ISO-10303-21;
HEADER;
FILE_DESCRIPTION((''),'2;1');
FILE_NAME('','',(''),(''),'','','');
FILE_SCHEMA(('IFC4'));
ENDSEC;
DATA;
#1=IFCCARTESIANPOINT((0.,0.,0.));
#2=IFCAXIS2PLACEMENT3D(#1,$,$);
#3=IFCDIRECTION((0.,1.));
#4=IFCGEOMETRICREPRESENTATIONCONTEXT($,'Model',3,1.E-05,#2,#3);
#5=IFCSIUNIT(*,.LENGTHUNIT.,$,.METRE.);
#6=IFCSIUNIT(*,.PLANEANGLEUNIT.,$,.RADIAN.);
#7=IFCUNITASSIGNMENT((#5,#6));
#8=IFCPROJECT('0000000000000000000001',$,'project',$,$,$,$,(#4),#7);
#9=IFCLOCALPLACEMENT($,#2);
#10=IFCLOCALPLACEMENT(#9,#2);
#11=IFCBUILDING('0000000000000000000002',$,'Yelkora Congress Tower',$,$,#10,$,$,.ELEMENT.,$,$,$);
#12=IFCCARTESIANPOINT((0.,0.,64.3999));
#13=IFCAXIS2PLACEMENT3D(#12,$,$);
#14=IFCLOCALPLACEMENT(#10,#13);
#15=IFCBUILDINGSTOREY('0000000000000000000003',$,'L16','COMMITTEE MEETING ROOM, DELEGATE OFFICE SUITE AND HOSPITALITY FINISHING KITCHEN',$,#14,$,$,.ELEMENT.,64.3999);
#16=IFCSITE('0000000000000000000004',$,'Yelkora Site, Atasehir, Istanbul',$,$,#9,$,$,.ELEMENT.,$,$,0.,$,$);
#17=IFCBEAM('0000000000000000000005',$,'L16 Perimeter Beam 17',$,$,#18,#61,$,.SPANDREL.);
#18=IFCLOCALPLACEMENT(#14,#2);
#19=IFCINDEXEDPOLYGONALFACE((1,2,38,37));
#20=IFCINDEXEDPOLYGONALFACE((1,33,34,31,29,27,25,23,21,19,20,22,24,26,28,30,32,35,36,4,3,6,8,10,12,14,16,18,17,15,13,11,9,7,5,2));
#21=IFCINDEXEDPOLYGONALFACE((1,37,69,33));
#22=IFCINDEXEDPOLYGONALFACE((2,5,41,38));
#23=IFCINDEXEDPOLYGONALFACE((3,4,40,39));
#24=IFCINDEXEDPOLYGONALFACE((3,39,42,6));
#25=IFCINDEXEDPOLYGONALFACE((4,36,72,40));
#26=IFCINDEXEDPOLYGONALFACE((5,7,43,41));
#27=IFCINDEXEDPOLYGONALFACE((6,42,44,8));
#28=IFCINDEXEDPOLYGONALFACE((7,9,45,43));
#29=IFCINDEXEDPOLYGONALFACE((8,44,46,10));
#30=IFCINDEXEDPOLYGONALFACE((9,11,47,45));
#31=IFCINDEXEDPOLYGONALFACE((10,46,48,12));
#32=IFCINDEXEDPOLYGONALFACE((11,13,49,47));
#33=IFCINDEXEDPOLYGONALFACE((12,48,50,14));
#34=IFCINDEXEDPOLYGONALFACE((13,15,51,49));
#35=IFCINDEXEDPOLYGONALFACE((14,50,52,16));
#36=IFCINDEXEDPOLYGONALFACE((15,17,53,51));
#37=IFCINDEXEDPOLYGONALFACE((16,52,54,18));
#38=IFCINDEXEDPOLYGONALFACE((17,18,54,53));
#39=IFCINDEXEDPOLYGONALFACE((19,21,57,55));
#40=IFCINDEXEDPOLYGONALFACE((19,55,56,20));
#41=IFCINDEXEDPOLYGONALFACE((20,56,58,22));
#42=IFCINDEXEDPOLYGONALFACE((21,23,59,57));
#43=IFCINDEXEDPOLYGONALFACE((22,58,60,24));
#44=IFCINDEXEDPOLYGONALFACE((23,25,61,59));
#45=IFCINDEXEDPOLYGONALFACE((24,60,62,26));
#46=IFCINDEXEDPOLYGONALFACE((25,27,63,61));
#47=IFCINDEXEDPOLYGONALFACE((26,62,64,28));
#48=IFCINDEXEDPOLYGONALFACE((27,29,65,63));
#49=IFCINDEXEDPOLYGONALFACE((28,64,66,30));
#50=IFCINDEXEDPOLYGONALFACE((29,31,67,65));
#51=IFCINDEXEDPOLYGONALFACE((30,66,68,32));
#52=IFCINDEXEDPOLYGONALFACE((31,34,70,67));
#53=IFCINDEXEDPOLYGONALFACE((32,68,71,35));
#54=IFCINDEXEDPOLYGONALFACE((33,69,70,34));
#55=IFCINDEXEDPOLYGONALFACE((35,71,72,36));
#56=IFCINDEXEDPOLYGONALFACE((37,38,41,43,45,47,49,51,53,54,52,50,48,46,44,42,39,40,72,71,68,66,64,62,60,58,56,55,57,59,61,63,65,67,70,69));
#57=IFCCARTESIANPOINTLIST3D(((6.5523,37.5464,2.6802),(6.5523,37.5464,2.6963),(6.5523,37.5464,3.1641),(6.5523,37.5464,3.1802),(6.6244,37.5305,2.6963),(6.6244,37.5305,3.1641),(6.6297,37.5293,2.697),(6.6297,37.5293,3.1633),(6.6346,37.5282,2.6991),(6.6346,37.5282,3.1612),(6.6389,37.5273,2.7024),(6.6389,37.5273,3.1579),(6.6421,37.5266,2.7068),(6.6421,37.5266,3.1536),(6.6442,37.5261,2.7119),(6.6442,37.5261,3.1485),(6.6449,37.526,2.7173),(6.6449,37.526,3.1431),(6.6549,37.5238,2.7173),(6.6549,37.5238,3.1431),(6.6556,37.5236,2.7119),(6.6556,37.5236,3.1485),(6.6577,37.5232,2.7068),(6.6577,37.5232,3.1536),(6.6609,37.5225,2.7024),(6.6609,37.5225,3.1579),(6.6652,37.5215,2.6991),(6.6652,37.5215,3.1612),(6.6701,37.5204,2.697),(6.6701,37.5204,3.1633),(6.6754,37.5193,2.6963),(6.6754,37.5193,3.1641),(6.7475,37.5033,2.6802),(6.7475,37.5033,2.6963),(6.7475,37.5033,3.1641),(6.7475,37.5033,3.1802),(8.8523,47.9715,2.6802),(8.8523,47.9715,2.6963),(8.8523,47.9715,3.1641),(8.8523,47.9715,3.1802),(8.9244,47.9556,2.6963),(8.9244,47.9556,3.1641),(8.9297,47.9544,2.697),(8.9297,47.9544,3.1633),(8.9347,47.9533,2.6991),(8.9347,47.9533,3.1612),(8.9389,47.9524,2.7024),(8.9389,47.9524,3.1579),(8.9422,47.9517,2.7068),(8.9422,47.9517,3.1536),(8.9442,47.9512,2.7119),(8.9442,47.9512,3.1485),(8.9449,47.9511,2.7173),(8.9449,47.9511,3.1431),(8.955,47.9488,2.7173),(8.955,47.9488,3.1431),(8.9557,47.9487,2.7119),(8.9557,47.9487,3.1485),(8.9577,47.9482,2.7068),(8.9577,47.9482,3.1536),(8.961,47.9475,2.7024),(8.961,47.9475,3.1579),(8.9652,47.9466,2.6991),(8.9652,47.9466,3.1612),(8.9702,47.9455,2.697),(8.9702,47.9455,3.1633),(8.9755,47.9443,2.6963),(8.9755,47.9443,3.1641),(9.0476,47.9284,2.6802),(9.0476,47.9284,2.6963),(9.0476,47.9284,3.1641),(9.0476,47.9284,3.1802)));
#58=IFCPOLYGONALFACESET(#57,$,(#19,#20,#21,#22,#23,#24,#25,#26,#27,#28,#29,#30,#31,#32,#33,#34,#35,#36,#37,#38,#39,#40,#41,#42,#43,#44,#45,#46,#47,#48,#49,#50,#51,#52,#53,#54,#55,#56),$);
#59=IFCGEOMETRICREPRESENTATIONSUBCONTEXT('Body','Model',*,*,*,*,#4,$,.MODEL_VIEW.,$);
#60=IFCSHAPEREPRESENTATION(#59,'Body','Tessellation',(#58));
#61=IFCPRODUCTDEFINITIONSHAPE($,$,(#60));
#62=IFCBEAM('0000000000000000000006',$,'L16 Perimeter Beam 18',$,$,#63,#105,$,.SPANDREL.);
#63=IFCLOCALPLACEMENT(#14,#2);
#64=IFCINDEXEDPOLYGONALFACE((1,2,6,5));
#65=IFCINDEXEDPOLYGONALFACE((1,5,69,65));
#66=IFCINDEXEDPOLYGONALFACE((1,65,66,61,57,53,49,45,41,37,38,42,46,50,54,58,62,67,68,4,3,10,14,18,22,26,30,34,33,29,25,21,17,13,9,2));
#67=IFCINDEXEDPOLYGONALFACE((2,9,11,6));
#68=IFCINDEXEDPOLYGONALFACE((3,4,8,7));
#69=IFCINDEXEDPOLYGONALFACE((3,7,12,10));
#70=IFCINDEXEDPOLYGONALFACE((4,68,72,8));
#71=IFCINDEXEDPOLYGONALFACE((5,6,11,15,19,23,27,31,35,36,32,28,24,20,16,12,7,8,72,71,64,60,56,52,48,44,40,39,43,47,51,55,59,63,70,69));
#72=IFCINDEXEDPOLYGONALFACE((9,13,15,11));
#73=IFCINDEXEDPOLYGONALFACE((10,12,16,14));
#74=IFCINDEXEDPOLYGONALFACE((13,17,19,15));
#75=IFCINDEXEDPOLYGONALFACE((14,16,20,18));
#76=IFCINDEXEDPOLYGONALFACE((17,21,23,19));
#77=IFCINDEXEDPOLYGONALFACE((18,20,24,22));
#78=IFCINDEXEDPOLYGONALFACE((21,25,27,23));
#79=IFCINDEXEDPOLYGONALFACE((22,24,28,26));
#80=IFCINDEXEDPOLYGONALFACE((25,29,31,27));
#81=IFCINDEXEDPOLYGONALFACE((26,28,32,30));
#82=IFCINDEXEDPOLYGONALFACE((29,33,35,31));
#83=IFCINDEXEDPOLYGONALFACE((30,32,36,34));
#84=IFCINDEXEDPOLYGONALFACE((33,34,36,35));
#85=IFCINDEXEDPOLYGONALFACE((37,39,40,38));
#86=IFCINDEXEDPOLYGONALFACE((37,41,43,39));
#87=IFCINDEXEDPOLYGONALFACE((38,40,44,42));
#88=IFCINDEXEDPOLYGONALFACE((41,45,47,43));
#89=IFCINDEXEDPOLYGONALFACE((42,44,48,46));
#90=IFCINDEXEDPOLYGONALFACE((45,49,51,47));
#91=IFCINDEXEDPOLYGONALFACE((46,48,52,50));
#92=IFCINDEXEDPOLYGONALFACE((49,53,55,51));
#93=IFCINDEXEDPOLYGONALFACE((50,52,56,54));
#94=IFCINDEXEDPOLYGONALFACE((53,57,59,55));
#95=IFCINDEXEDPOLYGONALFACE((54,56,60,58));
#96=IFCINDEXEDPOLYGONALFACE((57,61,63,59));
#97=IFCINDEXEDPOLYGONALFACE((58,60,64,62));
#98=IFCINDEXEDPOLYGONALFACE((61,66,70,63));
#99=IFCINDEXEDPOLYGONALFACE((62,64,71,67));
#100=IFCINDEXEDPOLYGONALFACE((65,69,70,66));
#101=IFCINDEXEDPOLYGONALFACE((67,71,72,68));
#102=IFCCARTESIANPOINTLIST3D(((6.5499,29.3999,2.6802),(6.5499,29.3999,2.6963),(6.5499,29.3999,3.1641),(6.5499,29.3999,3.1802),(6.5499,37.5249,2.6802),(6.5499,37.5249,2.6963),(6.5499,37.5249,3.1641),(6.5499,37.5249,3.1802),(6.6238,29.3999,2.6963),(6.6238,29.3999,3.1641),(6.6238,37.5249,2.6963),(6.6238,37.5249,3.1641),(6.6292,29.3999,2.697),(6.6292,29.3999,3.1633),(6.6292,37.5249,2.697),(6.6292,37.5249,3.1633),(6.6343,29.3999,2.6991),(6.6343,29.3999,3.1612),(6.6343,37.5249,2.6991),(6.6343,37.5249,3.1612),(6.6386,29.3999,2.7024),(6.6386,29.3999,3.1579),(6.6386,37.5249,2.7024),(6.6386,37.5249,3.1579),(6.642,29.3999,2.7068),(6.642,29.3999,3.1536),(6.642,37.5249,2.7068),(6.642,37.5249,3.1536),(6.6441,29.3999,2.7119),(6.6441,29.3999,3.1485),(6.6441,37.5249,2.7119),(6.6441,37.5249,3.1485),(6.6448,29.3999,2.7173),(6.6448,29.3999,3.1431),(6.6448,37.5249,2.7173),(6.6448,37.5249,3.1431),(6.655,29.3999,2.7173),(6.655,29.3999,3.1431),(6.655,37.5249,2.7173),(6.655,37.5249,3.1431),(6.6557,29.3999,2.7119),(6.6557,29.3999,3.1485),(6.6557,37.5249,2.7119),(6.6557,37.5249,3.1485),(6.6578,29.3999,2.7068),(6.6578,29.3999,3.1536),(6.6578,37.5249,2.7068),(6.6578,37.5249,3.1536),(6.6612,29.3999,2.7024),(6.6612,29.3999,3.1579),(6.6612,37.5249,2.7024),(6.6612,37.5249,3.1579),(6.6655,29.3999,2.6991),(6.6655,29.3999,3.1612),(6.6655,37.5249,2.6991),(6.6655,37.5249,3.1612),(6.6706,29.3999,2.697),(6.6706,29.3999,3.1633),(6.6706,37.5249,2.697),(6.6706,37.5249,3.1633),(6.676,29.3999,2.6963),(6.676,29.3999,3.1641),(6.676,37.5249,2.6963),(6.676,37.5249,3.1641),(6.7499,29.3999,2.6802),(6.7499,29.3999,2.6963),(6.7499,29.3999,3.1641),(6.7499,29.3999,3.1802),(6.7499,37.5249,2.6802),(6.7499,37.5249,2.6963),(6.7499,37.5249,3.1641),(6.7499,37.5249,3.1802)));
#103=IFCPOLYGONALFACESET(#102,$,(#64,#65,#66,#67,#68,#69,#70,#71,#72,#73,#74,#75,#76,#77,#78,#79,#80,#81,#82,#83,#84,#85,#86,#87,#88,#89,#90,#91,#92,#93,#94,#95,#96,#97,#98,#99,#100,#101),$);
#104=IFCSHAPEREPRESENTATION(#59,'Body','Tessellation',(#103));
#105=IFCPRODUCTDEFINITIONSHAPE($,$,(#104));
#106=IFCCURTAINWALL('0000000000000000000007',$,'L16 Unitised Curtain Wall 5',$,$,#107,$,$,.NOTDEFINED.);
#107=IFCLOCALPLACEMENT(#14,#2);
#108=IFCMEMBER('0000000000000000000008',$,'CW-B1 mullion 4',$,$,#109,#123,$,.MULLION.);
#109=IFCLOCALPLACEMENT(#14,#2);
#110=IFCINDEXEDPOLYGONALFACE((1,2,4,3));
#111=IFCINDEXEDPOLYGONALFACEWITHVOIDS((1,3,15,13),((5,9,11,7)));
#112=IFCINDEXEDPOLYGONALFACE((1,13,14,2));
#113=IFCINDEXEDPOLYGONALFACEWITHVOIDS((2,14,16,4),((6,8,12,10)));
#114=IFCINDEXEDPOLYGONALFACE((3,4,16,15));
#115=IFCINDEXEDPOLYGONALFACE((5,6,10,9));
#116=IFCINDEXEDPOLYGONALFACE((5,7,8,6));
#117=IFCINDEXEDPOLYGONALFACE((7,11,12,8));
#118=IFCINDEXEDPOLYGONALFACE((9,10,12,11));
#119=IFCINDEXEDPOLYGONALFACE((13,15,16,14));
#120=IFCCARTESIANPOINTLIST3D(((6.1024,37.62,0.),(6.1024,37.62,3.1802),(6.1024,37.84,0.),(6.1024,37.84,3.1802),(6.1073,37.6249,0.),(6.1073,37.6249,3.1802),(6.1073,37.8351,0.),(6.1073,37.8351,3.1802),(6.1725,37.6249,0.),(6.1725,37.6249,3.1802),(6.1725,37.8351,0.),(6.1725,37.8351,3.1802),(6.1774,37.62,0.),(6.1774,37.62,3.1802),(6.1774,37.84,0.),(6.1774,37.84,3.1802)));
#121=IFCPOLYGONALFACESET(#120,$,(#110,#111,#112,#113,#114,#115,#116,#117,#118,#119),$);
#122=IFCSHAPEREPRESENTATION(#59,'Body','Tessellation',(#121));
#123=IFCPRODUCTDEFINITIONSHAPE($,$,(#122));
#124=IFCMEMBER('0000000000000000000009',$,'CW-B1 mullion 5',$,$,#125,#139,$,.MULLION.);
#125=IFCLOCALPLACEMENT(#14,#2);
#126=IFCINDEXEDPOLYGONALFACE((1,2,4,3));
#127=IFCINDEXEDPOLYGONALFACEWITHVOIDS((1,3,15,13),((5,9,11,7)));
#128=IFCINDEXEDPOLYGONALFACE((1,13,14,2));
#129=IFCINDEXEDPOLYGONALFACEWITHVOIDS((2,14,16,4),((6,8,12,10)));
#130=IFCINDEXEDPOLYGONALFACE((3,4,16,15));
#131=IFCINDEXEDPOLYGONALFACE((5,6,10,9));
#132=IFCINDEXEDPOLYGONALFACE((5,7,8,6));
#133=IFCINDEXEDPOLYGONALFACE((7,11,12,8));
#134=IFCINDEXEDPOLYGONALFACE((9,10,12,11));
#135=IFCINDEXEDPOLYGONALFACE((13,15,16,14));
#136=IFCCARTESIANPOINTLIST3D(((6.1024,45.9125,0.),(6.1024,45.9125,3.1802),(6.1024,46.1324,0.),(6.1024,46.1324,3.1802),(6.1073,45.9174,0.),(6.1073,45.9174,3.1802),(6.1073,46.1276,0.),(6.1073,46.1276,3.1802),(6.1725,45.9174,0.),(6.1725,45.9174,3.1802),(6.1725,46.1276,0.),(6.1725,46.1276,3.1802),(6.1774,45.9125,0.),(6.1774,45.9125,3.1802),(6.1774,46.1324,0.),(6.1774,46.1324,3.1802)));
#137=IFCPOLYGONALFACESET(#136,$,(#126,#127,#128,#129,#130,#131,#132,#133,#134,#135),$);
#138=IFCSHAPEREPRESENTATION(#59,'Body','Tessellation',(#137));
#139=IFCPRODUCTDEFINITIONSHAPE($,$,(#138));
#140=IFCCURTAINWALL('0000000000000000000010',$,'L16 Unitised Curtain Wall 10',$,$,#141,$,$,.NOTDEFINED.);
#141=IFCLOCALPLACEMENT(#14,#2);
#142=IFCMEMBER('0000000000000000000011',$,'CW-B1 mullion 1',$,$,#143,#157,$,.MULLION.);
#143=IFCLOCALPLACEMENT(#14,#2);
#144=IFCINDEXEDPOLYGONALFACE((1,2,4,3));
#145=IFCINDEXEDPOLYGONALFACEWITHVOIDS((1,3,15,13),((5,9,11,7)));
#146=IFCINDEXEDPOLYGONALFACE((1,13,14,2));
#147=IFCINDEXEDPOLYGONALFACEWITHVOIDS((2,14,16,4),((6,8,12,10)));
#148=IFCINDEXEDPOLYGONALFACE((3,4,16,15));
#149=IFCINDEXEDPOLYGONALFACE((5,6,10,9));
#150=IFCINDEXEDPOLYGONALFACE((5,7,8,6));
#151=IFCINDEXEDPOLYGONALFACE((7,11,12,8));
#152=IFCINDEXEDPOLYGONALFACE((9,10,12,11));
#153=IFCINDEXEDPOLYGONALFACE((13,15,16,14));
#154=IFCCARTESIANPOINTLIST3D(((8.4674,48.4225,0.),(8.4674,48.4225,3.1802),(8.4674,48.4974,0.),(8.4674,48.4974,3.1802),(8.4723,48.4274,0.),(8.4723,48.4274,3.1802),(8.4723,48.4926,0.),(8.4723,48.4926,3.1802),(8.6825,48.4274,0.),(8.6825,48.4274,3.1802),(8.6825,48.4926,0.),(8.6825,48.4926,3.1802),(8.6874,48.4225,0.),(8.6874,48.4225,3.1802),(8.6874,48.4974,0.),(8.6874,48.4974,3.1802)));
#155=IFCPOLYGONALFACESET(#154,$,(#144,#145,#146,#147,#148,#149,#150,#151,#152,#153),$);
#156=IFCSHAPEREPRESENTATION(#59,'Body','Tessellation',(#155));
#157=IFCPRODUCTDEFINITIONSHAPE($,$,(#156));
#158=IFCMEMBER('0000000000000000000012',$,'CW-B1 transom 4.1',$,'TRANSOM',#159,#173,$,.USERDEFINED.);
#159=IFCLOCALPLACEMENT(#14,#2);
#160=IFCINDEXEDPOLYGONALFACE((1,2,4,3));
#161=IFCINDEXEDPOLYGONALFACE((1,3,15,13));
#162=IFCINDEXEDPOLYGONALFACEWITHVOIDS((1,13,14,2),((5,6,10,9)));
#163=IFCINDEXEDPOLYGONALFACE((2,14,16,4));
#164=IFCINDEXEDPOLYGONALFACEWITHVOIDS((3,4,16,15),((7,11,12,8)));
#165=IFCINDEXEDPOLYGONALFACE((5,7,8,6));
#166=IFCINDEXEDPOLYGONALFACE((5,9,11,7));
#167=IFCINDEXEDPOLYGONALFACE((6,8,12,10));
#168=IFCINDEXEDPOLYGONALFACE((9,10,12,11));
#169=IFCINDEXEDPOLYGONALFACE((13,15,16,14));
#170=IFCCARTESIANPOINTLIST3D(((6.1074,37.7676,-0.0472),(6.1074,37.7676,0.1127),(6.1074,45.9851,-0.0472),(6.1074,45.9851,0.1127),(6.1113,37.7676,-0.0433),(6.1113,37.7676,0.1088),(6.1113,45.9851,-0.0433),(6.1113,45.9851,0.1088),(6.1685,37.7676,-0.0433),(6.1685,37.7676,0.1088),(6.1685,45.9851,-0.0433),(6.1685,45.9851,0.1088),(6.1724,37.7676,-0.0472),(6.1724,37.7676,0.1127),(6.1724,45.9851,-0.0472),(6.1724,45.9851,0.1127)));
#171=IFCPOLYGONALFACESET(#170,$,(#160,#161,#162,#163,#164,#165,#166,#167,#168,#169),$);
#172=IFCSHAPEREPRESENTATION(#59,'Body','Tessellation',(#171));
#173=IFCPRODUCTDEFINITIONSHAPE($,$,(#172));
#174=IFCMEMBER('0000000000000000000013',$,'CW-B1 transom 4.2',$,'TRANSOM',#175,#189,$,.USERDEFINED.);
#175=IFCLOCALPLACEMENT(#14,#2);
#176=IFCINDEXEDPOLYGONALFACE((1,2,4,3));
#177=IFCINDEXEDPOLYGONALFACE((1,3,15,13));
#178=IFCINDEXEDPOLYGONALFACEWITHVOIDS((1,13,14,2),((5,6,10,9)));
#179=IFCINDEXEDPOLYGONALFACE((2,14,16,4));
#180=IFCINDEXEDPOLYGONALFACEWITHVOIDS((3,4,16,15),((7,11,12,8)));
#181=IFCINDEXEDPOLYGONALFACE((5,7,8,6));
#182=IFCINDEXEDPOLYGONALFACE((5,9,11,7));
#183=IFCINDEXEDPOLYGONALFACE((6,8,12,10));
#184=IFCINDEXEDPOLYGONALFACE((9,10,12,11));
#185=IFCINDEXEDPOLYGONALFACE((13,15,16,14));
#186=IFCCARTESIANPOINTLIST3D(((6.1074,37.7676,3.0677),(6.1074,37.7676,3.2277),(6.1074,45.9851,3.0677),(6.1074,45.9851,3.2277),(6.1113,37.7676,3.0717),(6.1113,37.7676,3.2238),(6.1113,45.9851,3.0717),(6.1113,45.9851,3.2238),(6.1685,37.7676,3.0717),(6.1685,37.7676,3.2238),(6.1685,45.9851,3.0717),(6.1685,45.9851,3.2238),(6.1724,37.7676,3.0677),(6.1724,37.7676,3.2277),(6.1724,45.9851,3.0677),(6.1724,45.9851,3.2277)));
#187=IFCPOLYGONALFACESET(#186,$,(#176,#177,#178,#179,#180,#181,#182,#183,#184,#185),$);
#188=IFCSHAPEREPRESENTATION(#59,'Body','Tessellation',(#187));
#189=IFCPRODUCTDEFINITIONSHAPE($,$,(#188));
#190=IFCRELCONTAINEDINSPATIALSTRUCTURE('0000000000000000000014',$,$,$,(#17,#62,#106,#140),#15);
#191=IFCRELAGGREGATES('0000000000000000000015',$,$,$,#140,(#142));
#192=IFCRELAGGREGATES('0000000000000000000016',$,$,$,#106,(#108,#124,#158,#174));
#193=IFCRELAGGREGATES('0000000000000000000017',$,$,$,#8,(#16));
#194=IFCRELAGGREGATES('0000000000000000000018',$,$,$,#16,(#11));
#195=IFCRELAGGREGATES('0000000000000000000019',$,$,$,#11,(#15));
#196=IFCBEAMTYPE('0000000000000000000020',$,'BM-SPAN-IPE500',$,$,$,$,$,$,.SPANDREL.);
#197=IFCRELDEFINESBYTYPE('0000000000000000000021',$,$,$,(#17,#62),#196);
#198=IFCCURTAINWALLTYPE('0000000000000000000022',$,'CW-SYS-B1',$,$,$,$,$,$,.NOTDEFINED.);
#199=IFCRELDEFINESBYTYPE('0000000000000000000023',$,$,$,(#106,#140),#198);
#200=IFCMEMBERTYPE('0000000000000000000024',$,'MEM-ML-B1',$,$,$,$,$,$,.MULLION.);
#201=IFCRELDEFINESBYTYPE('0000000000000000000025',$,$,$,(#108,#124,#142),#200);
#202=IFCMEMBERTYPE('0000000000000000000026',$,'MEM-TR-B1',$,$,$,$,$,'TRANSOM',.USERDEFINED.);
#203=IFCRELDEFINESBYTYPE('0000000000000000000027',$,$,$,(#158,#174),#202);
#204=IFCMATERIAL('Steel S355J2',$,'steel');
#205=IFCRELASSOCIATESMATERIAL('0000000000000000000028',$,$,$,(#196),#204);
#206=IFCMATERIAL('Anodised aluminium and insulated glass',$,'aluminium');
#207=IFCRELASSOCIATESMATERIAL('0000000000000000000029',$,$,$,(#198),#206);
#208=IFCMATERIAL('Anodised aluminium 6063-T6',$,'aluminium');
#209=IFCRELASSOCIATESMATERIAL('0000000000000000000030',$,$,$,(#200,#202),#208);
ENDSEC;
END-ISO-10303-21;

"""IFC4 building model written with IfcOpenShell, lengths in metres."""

from ifc_helpers import new_model, si_unit, direction, frame, origin, origin_2d, place, context, subcontext, project, spatial, hollow_rectangle, i_section, extrude, material, material_profile, profile_set, type_object, element, aggregate, save


model = new_model("IFC4")

# Units and contexts
model_context = context("Model", 3, precision=1e-05, world=origin(), true_north=direction((0.0, 1.0)))
body_context = subcontext(model_context, "Body", "Model", "MODEL_VIEW")
ifc_project = project(units=[si_unit("LENGTHUNIT", "METRE"), si_unit("PLANEANGLEUNIT", "RADIAN")], contexts=[model_context])

# Site, building, storey
site_placement = place(None, origin())
site = spatial("IfcSite", under=ifc_project, at=site_placement, Name="Yelkora Site, Atasehir, Istanbul", CompositionType="ELEMENT", RefElevation=0.0)
building_placement = place(site_placement, origin())
building = spatial("IfcBuilding", under=site, at=building_placement, Name="Yelkora Congress Tower", CompositionType="ELEMENT")
storey_placement = place(building_placement, frame((0.0, 0.0, 64.3999)))
storey = spatial("IfcBuildingStorey", under=building, at=storey_placement, Name="L16", Description="COMMITTEE MEETING ROOM, DELEGATE OFFICE SUITE AND HOSPITALITY FINISHING KITCHEN", CompositionType="ELEMENT", Elevation=64.3999)

# Beams
ifc_material_1 = material(Name="Steel S355J2", Category="steel")
ifc_material_profile_1 = material_profile(ifc_material_1, i_section(OverallWidth=0.2, OverallDepth=0.5, WebThickness=0.0103, FlangeThickness=0.0161, FilletRadius=0.021, at=origin_2d()), Name="IPE 500")
ifc_profile_set_1 = profile_set([ifc_material_profile_1], Name="Steel S355J2")
beam_type_1 = type_object("IfcBeamType", Name="BM-SPAN-IPE500", PredefinedType="SPANDREL", material=ifc_profile_set_1)
beam_1_placement = place(storey_placement, frame((8.95, 47.95, 2.9302), z_axis=(-0.215446, -0.976516, 0.0), x_axis=(0.976516, -0.215446, 0.0)))
element("IfcBeam", 1, at=beam_1_placement, inside=storey, type_object=beam_type_1, Name="L16 Perimeter Beam 17", PredefinedType="SPANDREL", context=body_context, shape_type="SweptSolid", body=[
    extrude(i_section(OverallWidth=0.2, OverallDepth=0.5, WebThickness=0.0103, FlangeThickness=0.0161, FilletRadius=0.021, at=origin_2d()), origin(), (0.0, 0.0, 1.0), 10.6758),
])
beam_2_placement = place(storey_placement, frame((6.6499, 37.5249, 2.9302), z_axis=(0.0, -1.0, 0.0), x_axis=(1.0, 0.0, 0.0)))
element("IfcBeam", 2, at=beam_2_placement, inside=storey, type_object=beam_type_1, Name="L16 Perimeter Beam 18", PredefinedType="SPANDREL", context=body_context, shape_type="SweptSolid", body=[
    extrude(i_section(OverallWidth=0.2, OverallDepth=0.5, WebThickness=0.0103, FlangeThickness=0.0161, FilletRadius=0.021, at=origin_2d()), origin(), (0.0, 0.0, 1.0), 8.125),
])

# Curtain wall, members
ifc_material_2 = material(Name="Anodised aluminium and insulated glass", Category="aluminium")
curtain_wall_type = type_object("IfcCurtainWallType", Name="CW-SYS-B1", PredefinedType="NOTDEFINED", material=ifc_material_2)
curtain_wall_1_placement = place(storey_placement, origin())
curtain_wall_1 = element("IfcCurtainWall", 3, at=curtain_wall_1_placement, inside=storey, type_object=curtain_wall_type, Name="L16 Unitised Curtain Wall 5", PredefinedType="NOTDEFINED")
ifc_material_3 = material(Name="Anodised aluminium 6063-T6", Category="aluminium")
ifc_material_profile_2 = material_profile(ifc_material_3, hollow_rectangle(XDim=0.075, YDim=0.22, WallThickness=0.0049, at=origin_2d()), Name="ALU 75x220x5")
ifc_profile_set_2 = profile_set([ifc_material_profile_2], Name="Anodised aluminium 6063-T6")
member_type_1 = type_object("IfcMemberType", Name="MEM-ML-B1", PredefinedType="MULLION", material=ifc_profile_set_2)
member_1_placement = place(storey_placement, frame((6.1399, 37.73, 0.0), z_axis=(0.0, 0.0, 1.0), x_axis=(-1.0, 0.0, 0.0)))
member_1 = element("IfcMember", 4, at=member_1_placement, type_object=member_type_1, Name="CW-B1 mullion 4", PredefinedType="MULLION", context=body_context, shape_type="SweptSolid", body=[
    extrude(hollow_rectangle(XDim=0.075, YDim=0.22, WallThickness=0.0049, at=origin_2d()), origin(), (0.0, 0.0, 1.0), 3.1802),
])
member_2_placement = place(storey_placement, frame((6.1399, 46.0225, 0.0), z_axis=(0.0, 0.0, 1.0), x_axis=(-1.0, 0.0, 0.0)))
member_2 = element("IfcMember", 5, at=member_2_placement, type_object=member_type_1, Name="CW-B1 mullion 5", PredefinedType="MULLION", context=body_context, shape_type="SweptSolid", body=[
    extrude(hollow_rectangle(XDim=0.075, YDim=0.22, WallThickness=0.0049, at=origin_2d()), origin(), (0.0, 0.0, 1.0), 3.1802),
])

# Curtain wall, member
curtain_wall_2_placement = place(storey_placement, origin())
curtain_wall_2 = element("IfcCurtainWall", 6, at=curtain_wall_2_placement, inside=storey, type_object=curtain_wall_type, Name="L16 Unitised Curtain Wall 10", PredefinedType="NOTDEFINED")
member_3_placement = place(storey_placement, frame((8.5774, 48.46, 0.0), z_axis=(0.0, 0.0, 1.0), x_axis=(0.0, 1.0, 0.0)))
member_3 = element("IfcMember", 7, at=member_3_placement, type_object=member_type_1, Name="CW-B1 mullion 1", PredefinedType="MULLION", context=body_context, shape_type="SweptSolid", body=[
    extrude(hollow_rectangle(XDim=0.075, YDim=0.22, WallThickness=0.0049, at=origin_2d()), origin(), (0.0, 0.0, 1.0), 3.1802),
])

# Members
ifc_material_profile_3 = material_profile(ifc_material_3, hollow_rectangle(XDim=0.0649, YDim=0.1599, WallThickness=0.0039, at=origin_2d()), Name="ALU 65x160x4")
ifc_profile_set_3 = profile_set([ifc_material_profile_3], Name="Anodised aluminium 6063-T6")
member_type_2 = type_object("IfcMemberType", Name="MEM-TR-B1", ElementType="TRANSOM", PredefinedType="USERDEFINED", material=ifc_profile_set_3)
member_4_placement = place(storey_placement, frame((6.1399, 37.7676, 0.0327), z_axis=(0.0, 1.0, 0.0), x_axis=(-1.0, 0.0, 0.0)))
member_4 = element("IfcMember", 8, at=member_4_placement, type_object=member_type_2, Name="CW-B1 transom 4.1", ObjectType="TRANSOM", PredefinedType="USERDEFINED", context=body_context, shape_type="SweptSolid", body=[
    extrude(hollow_rectangle(XDim=0.0649, YDim=0.1599, WallThickness=0.0039, at=origin_2d()), origin(), (0.0, 0.0, 1.0), 8.2175),
])
member_5_placement = place(storey_placement, frame((6.1399, 37.7676, 3.1477), z_axis=(0.0, 1.0, 0.0), x_axis=(-1.0, 0.0, 0.0)))
member_5 = element("IfcMember", 9, at=member_5_placement, type_object=member_type_2, Name="CW-B1 transom 4.2", ObjectType="TRANSOM", PredefinedType="USERDEFINED", context=body_context, shape_type="SweptSolid", body=[
    extrude(hollow_rectangle(XDim=0.0649, YDim=0.1599, WallThickness=0.0039, at=origin_2d()), origin(), (0.0, 0.0, 1.0), 8.2175),
])
aggregate(curtain_wall_2, [member_3])

aggregate(curtain_wall_1, [member_1, member_2, member_4, member_5])

save(model, "model.ifc")
